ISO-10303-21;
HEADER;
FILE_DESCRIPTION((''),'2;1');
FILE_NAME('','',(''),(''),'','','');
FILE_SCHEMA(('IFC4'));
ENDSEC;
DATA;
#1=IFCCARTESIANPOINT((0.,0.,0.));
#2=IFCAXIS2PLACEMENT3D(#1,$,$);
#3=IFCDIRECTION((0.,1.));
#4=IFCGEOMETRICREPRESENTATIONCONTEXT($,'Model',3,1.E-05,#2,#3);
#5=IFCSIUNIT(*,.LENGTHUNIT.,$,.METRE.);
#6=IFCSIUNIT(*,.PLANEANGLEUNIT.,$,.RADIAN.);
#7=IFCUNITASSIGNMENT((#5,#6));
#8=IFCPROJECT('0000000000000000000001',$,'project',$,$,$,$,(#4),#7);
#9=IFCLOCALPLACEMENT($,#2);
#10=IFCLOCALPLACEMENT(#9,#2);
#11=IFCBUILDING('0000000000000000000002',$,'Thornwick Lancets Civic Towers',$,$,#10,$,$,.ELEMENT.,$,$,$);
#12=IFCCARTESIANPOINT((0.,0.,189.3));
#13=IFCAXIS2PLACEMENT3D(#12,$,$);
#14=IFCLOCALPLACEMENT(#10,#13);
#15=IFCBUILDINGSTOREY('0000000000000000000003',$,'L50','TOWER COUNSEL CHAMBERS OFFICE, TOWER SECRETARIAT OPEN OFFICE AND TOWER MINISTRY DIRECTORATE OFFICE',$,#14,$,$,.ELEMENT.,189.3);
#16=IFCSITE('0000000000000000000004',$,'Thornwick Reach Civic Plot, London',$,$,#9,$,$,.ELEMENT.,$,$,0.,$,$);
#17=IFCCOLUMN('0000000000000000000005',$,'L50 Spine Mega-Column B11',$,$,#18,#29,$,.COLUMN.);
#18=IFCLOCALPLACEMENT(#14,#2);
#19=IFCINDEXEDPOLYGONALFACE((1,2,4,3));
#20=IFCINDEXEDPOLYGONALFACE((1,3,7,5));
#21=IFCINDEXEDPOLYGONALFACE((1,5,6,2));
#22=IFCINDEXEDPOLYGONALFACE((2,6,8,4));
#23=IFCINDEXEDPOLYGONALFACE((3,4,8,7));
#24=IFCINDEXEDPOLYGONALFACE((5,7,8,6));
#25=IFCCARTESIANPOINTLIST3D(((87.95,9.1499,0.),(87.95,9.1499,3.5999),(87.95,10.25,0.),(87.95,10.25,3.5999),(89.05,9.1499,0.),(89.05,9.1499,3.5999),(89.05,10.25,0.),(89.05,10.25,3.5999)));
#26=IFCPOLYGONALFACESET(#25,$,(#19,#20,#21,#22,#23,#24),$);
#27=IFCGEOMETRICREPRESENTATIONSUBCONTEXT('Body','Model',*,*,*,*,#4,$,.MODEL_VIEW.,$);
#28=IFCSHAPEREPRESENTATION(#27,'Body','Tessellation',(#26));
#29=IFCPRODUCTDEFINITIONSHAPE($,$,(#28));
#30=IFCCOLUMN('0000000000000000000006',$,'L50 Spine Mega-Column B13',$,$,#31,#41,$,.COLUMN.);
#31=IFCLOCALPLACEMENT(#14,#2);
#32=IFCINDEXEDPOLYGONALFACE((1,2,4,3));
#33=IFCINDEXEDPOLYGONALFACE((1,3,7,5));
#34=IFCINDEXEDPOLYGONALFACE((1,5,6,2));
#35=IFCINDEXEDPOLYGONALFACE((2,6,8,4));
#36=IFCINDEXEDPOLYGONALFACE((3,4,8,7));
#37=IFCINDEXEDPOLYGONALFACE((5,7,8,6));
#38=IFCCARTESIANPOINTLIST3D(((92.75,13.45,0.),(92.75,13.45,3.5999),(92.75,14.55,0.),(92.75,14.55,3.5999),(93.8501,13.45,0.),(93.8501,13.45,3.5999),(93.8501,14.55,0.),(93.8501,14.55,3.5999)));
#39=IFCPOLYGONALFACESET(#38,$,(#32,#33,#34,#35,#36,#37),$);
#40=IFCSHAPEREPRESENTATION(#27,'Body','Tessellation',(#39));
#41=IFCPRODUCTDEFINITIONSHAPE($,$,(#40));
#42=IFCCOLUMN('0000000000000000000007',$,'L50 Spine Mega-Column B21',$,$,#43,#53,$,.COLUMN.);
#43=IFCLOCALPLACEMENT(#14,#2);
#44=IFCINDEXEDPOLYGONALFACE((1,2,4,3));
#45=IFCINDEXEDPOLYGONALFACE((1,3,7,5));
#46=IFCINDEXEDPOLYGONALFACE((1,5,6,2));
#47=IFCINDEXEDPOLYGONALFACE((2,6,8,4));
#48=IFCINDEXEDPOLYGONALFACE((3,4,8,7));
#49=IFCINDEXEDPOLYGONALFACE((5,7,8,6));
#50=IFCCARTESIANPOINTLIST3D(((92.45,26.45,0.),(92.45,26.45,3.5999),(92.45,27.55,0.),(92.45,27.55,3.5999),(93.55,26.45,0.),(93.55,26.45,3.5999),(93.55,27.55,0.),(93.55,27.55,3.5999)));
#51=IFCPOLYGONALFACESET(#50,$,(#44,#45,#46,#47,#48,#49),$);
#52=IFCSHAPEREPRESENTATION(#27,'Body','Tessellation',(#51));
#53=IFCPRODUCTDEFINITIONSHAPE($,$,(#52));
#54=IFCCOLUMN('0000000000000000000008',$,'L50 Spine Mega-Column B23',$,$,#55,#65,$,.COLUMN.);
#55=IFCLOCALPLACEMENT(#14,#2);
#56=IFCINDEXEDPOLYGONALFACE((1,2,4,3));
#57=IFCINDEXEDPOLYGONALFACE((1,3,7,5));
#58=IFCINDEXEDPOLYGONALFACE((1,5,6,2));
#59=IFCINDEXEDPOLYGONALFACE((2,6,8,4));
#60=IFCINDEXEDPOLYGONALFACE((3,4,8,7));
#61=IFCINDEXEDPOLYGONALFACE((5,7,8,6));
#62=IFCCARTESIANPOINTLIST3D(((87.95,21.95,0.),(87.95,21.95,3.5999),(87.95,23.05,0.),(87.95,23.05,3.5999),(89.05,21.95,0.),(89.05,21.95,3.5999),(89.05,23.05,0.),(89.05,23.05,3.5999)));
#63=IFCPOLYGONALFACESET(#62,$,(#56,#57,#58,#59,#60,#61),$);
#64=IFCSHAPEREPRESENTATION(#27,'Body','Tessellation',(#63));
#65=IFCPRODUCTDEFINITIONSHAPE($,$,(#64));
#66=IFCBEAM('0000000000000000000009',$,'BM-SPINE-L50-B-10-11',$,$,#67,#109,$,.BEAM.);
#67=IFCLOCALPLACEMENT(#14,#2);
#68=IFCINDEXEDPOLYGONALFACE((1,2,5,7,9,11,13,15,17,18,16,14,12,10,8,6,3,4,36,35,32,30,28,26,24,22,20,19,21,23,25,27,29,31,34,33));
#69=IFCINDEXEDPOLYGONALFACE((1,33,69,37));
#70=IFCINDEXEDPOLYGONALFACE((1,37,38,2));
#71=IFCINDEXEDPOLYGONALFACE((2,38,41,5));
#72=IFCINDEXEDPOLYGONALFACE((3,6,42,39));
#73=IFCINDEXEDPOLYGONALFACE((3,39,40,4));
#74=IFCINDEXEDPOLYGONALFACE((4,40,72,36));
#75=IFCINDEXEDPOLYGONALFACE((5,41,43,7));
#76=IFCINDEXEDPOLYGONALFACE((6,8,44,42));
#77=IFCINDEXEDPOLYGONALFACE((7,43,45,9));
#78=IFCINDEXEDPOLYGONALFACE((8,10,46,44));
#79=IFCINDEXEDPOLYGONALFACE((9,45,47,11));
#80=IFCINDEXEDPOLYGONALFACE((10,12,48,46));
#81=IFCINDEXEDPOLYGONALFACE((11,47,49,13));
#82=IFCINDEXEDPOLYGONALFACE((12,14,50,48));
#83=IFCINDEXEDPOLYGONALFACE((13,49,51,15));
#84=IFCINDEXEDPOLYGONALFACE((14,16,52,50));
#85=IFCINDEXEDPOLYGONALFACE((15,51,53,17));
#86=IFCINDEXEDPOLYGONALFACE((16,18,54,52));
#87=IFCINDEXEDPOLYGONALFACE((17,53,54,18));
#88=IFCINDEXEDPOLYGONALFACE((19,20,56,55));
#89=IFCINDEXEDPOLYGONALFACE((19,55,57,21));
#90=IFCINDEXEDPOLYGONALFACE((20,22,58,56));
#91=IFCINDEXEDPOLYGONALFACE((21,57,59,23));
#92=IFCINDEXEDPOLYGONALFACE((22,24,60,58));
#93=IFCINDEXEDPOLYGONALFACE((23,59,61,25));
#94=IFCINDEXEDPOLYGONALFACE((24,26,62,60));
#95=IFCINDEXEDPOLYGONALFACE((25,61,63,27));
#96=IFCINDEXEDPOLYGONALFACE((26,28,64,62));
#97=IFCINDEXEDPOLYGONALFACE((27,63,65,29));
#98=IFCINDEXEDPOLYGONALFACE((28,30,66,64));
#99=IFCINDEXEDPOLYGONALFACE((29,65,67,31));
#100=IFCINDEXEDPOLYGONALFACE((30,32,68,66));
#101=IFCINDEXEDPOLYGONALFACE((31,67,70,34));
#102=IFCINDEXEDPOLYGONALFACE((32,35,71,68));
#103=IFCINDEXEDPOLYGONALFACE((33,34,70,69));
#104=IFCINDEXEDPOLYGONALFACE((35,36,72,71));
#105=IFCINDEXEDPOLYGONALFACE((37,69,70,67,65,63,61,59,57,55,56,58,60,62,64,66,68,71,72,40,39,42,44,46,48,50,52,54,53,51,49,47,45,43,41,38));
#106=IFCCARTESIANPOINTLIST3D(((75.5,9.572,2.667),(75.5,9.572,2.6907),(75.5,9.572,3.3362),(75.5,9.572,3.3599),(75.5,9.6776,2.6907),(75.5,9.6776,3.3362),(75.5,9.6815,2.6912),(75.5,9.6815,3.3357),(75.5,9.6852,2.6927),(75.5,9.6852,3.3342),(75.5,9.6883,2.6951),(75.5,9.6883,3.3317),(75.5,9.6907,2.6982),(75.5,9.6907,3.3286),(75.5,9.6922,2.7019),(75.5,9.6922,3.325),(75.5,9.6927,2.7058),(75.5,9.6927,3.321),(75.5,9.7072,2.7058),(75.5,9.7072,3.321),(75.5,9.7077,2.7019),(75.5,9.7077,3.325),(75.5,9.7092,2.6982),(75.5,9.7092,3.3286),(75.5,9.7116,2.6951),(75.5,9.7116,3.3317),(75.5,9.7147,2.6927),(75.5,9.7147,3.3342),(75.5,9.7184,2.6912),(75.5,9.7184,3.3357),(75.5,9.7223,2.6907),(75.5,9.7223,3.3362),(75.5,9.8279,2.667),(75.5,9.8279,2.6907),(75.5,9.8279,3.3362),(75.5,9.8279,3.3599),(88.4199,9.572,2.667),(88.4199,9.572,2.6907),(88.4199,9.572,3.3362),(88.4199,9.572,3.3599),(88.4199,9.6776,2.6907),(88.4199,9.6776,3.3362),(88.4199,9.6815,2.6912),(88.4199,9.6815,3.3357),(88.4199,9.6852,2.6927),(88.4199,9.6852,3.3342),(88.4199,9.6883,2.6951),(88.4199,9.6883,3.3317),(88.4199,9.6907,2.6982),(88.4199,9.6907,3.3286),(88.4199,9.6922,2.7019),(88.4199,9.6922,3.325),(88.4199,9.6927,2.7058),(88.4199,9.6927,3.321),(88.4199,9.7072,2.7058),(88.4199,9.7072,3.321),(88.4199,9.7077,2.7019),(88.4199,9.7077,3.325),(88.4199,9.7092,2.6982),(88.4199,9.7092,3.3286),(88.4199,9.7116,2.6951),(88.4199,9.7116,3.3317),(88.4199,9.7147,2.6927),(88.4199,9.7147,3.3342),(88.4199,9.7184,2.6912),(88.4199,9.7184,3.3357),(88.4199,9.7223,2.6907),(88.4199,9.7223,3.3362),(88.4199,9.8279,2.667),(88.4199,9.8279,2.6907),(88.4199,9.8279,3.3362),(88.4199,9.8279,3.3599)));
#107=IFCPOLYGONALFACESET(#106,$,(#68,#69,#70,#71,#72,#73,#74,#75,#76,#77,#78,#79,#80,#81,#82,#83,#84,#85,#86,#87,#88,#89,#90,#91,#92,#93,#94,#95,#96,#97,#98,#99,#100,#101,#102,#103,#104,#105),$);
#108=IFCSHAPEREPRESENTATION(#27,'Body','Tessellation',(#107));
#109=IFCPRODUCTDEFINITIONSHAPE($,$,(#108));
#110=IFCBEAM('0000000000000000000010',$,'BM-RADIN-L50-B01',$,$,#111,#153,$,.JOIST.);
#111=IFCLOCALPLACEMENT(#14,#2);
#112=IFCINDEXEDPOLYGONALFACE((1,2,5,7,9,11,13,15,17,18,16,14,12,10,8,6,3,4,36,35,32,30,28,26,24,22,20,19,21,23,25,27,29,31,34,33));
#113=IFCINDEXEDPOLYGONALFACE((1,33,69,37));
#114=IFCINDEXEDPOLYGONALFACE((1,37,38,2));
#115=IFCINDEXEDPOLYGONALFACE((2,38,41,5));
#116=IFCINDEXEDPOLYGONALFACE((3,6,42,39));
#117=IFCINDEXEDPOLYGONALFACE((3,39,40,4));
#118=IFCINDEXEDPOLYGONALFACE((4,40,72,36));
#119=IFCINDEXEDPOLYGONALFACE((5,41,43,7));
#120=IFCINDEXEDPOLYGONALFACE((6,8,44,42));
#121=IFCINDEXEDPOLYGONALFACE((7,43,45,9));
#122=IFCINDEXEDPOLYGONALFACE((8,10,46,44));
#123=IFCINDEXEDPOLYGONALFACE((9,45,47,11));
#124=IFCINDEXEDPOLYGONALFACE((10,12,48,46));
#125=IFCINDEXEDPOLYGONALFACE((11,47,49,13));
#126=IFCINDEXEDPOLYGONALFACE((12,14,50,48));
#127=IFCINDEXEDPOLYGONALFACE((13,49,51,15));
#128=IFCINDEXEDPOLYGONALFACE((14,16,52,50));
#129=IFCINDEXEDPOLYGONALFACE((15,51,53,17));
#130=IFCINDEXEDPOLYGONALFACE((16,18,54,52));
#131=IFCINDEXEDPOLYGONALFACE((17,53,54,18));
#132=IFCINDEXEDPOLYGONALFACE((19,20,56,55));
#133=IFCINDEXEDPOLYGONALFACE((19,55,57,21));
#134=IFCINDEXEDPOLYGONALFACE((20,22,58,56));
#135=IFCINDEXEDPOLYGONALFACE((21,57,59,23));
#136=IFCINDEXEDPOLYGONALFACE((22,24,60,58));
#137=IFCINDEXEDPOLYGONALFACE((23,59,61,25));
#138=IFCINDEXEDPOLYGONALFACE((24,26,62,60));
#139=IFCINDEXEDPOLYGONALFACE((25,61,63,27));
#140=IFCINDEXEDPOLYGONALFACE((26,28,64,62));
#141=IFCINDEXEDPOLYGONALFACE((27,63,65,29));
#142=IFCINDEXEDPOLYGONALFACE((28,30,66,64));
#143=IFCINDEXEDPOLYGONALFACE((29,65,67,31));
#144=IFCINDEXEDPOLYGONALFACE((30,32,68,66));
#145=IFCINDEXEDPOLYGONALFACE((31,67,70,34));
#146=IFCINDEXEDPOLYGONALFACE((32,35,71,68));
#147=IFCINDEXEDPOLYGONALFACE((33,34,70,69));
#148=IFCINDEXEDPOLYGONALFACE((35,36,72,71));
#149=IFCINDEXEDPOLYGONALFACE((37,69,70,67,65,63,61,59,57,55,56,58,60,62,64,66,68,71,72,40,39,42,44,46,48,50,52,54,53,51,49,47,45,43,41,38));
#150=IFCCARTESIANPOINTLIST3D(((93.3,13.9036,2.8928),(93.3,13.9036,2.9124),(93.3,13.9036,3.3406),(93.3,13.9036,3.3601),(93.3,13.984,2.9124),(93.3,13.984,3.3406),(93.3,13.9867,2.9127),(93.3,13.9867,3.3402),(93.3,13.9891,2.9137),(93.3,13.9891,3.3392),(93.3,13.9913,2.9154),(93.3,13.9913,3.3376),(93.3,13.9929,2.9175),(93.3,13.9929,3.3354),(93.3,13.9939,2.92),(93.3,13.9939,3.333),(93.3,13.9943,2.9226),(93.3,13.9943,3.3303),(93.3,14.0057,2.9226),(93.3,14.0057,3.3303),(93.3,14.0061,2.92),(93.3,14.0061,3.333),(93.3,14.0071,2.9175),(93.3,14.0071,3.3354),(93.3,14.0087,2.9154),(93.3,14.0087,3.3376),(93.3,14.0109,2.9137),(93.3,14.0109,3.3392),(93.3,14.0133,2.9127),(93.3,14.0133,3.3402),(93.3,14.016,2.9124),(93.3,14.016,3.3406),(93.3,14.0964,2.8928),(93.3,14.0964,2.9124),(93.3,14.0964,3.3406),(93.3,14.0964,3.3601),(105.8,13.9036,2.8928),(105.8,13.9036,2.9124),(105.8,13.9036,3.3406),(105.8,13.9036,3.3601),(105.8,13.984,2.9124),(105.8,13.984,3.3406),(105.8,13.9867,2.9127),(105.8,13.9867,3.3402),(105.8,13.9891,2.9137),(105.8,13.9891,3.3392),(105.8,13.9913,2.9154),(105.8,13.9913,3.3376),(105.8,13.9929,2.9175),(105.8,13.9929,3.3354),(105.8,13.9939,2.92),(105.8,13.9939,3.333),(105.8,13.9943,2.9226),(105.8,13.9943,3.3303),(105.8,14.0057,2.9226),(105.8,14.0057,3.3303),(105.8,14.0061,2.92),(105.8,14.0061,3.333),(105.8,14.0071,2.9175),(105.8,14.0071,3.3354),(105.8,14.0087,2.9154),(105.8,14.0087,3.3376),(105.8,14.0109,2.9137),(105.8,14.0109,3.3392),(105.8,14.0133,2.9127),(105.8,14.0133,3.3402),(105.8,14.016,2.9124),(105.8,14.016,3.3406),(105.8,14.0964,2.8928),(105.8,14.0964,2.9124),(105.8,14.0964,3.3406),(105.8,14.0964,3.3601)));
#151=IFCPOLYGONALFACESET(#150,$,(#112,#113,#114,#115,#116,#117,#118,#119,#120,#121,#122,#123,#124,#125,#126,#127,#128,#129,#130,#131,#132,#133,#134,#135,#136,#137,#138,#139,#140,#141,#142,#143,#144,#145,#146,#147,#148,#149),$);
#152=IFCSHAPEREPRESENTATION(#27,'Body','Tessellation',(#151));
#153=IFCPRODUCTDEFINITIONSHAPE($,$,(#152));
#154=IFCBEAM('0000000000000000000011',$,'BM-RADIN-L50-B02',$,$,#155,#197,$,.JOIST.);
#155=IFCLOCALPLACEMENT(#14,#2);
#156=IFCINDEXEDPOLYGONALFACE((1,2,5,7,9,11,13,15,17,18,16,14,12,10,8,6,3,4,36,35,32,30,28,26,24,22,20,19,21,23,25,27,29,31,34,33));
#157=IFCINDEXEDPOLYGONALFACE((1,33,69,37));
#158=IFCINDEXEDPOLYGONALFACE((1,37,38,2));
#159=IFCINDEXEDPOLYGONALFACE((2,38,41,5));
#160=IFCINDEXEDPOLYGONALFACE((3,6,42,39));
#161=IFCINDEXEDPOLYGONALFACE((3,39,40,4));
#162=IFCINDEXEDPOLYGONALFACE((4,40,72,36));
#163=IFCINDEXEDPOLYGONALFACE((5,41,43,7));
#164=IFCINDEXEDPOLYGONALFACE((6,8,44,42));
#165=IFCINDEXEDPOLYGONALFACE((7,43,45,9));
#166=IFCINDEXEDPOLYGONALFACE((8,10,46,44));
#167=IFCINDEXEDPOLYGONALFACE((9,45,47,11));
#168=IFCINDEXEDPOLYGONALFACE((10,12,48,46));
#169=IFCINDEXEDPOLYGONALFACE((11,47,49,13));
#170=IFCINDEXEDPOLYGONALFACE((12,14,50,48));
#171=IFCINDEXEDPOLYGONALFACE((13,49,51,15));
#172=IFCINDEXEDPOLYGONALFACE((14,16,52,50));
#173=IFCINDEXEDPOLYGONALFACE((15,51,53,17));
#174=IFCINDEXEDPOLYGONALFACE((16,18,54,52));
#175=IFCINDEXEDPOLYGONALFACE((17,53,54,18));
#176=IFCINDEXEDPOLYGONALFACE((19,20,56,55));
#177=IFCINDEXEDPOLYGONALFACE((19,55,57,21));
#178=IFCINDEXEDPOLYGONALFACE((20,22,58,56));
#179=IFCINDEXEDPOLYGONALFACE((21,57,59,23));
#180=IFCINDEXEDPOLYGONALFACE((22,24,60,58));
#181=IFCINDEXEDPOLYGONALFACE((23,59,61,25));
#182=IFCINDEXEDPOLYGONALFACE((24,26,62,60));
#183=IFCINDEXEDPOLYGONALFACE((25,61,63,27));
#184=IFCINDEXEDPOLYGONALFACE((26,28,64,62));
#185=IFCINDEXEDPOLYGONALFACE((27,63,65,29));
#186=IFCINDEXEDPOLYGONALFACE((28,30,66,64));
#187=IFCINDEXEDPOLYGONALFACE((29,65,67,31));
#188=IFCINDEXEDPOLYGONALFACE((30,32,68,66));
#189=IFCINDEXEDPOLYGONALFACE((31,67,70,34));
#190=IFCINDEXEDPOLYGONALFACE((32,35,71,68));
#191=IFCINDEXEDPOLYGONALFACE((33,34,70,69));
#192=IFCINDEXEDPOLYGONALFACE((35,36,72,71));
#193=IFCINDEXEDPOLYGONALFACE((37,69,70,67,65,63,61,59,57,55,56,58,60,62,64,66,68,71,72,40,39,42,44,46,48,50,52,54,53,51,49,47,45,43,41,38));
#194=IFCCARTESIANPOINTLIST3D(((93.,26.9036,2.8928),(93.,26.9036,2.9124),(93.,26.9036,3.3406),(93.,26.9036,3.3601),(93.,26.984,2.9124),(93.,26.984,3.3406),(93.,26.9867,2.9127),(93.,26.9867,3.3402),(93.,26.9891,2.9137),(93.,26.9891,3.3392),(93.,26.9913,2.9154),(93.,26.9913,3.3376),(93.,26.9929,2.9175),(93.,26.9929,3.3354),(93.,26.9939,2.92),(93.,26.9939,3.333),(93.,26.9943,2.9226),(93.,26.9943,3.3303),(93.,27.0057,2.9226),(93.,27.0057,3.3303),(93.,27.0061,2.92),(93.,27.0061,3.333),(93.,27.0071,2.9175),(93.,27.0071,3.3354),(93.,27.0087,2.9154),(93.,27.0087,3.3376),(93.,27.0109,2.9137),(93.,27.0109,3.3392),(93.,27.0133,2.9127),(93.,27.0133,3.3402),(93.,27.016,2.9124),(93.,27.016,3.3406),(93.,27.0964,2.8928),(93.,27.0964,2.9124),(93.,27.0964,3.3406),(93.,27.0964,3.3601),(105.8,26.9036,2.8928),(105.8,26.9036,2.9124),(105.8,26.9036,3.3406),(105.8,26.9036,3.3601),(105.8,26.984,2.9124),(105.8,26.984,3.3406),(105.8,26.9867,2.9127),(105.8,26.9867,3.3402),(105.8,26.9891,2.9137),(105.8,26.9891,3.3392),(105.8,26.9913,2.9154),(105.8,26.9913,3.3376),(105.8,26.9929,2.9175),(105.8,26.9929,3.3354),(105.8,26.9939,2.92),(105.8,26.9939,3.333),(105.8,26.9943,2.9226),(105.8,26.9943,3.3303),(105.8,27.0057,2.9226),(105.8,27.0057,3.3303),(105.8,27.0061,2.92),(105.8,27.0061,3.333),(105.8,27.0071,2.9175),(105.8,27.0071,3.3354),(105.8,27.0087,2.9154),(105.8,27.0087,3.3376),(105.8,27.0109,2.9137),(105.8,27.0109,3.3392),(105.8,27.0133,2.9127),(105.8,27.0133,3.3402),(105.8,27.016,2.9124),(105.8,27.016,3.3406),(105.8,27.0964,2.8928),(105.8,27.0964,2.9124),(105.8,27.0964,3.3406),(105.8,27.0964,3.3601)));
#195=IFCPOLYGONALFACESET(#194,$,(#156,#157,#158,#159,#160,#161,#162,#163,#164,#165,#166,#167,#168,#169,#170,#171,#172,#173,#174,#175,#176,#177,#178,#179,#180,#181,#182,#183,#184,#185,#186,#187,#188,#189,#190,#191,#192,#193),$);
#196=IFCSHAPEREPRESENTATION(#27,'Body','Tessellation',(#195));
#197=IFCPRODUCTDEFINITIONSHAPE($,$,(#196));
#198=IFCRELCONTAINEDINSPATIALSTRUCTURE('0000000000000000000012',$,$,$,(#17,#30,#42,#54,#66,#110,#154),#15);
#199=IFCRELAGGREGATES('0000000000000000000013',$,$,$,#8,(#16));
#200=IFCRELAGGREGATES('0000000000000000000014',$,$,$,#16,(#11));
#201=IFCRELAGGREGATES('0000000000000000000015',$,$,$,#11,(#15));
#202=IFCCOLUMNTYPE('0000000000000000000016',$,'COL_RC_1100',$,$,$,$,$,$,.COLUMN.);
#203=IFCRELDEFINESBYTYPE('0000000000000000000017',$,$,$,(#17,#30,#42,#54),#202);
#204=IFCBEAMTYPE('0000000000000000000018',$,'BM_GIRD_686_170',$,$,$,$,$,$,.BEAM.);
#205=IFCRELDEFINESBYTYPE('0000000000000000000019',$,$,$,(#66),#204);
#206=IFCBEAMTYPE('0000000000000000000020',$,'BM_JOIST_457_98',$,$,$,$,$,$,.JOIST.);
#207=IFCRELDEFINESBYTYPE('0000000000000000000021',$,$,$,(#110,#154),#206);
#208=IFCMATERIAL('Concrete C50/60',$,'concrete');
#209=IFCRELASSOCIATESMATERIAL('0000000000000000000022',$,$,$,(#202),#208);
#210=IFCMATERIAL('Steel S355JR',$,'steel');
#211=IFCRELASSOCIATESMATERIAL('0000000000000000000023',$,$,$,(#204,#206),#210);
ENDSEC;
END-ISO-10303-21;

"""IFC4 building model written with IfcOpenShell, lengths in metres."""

from ifc_helpers import new_model, si_unit, direction, frame, origin, origin_2d, place, context, subcontext, project, spatial, rectangle, i_section, extrude, material, material_profile, profile_set, type_object, element, save


model = new_model("IFC4")

# Units and contexts
model_context = context("Model", 3, precision=1e-05, world=origin(), true_north=direction((0.0, 1.0)))
body_context = subcontext(model_context, "Body", "Model", "MODEL_VIEW")
ifc_project = project(units=[si_unit("LENGTHUNIT", "METRE"), si_unit("PLANEANGLEUNIT", "RADIAN")], contexts=[model_context])

# Site, building, storey
site_placement = place(None, origin())
site = spatial("IfcSite", under=ifc_project, at=site_placement, Name="Thornwick Reach Civic Plot, London", CompositionType="ELEMENT", RefElevation=0.0)
building_placement = place(site_placement, origin())
building = spatial("IfcBuilding", under=site, at=building_placement, Name="Thornwick Lancets Civic Towers", CompositionType="ELEMENT")
storey_placement = place(building_placement, frame((0.0, 0.0, 189.3)))
storey = spatial("IfcBuildingStorey", under=building, at=storey_placement, Name="L50", Description="TOWER COUNSEL CHAMBERS OFFICE, TOWER SECRETARIAT OPEN OFFICE AND TOWER MINISTRY DIRECTORATE OFFICE", CompositionType="ELEMENT", Elevation=189.3)

# Columns
ifc_material_1 = material(Name="Concrete C50/60", Category="concrete")
ifc_material_profile_1 = material_profile(ifc_material_1, rectangle(XDim=1.1001, YDim=1.1001, at=origin_2d()), Name="RC 1100x1100")
ifc_profile_set_1 = profile_set([ifc_material_profile_1], Name="Concrete C50/60")
column_type = type_object("IfcColumnType", Name="COL_RC_1100", PredefinedType="COLUMN", material=ifc_profile_set_1)
for number, where, z_axis, x_axis, name in (
    (1, (88.5, 9.7, 0.0), (0.0, 0.0, 1.0), (1.0, 0.0, 0.0), "L50 Spine Mega-Column B11"),
    (2, (93.3, 14.0, 0.0), (0.0, 0.0, 1.0), (1.0, 0.0, 0.0), "L50 Spine Mega-Column B13"),
    (3, (93.0, 27.0, 0.0), (0.0, 0.0, 1.0), (1.0, 0.0, 0.0), "L50 Spine Mega-Column B21"),
    (4, (88.5, 22.5, 0.0), (0.0, 0.0, 1.0), (1.0, 0.0, 0.0), "L50 Spine Mega-Column B23"),
):
    element("IfcColumn", number, at=place(storey_placement, frame(where, z_axis=z_axis, x_axis=x_axis)), inside=storey, type_object=column_type, Name=name, PredefinedType="COLUMN", context=body_context, shape_type="SweptSolid", body=[
        extrude(rectangle(XDim=1.1001, YDim=1.1001, at=origin_2d()), origin(), (0.0, 0.0, 1.0), 3.5999),
    ])

# Beams
ifc_material_2 = material(Name="Steel S355JR", Category="steel")
ifc_material_profile_2 = material_profile(ifc_material_2, i_section(OverallWidth=0.2559, OverallDepth=0.6929, WebThickness=0.0144, FlangeThickness=0.0237, FilletRadius=0.0151, at=origin_2d()), Name="UKB 686x254x170")
ifc_profile_set_2 = profile_set([ifc_material_profile_2], Name="Steel S355JR")
beam_type_1 = type_object("IfcBeamType", Name="BM_GIRD_686_170", PredefinedType="BEAM", material=ifc_profile_set_2)
beam_1_placement = place(storey_placement, frame((88.4199, 9.7, 3.0134), z_axis=(-1.0, 0.0, 0.0), x_axis=(0.0, -1.0, 0.0)))
element("IfcBeam", 5, at=beam_1_placement, inside=storey, type_object=beam_type_1, Name="BM-SPINE-L50-B-10-11", PredefinedType="BEAM", context=body_context, shape_type="SweptSolid", body=[
    extrude(i_section(OverallWidth=0.2559, OverallDepth=0.6929, WebThickness=0.0144, FlangeThickness=0.0237, FilletRadius=0.0151, at=origin_2d()), origin(), (0.0, 0.0, 1.0), 12.9199),
])
ifc_material_profile_3 = material_profile(ifc_material_2, i_section(OverallWidth=0.1929, OverallDepth=0.4673, WebThickness=0.0115, FlangeThickness=0.0195, FilletRadius=0.0103, at=origin_2d()), Name="UKB 457x191x98")
ifc_profile_set_3 = profile_set([ifc_material_profile_3], Name="Steel S355JR")
beam_type_2 = type_object("IfcBeamType", Name="BM_JOIST_457_98", PredefinedType="JOIST", material=ifc_profile_set_3)
beam_2_placement = place(storey_placement, frame((93.3, 14.0, 3.1265), z_axis=(1.0, 0.0, 0.0), x_axis=(0.0, 1.0, 0.0)))
element("IfcBeam", 6, at=beam_2_placement, inside=storey, type_object=beam_type_2, Name="BM-RADIN-L50-B01", PredefinedType="JOIST", context=body_context, shape_type="SweptSolid", body=[
    extrude(i_section(OverallWidth=0.1929, OverallDepth=0.4673, WebThickness=0.0115, FlangeThickness=0.0195, FilletRadius=0.0103, at=origin_2d()), origin(), (0.0, 0.0, 1.0), 12.5),
])
for number, where, z_axis, x_axis, name in (
    (7, (93.0, 27.0, 3.1265), (1.0, 0.0, 0.0), (0.0, 1.0, 0.0), "BM-RADIN-L50-B02"),
):
    element("IfcBeam", number, at=place(storey_placement, frame(where, z_axis=z_axis, x_axis=x_axis)), inside=storey, type_object=beam_type_2, Name=name, PredefinedType="JOIST", context=body_context, shape_type="SweptSolid", body=[
        extrude(i_section(OverallWidth=0.1929, OverallDepth=0.4673, WebThickness=0.0115, FlangeThickness=0.0195, FilletRadius=0.0103, at=origin_2d()), origin(), (0.0, 0.0, 1.0), 12.8),
    ])

save(model, "model.ifc")
